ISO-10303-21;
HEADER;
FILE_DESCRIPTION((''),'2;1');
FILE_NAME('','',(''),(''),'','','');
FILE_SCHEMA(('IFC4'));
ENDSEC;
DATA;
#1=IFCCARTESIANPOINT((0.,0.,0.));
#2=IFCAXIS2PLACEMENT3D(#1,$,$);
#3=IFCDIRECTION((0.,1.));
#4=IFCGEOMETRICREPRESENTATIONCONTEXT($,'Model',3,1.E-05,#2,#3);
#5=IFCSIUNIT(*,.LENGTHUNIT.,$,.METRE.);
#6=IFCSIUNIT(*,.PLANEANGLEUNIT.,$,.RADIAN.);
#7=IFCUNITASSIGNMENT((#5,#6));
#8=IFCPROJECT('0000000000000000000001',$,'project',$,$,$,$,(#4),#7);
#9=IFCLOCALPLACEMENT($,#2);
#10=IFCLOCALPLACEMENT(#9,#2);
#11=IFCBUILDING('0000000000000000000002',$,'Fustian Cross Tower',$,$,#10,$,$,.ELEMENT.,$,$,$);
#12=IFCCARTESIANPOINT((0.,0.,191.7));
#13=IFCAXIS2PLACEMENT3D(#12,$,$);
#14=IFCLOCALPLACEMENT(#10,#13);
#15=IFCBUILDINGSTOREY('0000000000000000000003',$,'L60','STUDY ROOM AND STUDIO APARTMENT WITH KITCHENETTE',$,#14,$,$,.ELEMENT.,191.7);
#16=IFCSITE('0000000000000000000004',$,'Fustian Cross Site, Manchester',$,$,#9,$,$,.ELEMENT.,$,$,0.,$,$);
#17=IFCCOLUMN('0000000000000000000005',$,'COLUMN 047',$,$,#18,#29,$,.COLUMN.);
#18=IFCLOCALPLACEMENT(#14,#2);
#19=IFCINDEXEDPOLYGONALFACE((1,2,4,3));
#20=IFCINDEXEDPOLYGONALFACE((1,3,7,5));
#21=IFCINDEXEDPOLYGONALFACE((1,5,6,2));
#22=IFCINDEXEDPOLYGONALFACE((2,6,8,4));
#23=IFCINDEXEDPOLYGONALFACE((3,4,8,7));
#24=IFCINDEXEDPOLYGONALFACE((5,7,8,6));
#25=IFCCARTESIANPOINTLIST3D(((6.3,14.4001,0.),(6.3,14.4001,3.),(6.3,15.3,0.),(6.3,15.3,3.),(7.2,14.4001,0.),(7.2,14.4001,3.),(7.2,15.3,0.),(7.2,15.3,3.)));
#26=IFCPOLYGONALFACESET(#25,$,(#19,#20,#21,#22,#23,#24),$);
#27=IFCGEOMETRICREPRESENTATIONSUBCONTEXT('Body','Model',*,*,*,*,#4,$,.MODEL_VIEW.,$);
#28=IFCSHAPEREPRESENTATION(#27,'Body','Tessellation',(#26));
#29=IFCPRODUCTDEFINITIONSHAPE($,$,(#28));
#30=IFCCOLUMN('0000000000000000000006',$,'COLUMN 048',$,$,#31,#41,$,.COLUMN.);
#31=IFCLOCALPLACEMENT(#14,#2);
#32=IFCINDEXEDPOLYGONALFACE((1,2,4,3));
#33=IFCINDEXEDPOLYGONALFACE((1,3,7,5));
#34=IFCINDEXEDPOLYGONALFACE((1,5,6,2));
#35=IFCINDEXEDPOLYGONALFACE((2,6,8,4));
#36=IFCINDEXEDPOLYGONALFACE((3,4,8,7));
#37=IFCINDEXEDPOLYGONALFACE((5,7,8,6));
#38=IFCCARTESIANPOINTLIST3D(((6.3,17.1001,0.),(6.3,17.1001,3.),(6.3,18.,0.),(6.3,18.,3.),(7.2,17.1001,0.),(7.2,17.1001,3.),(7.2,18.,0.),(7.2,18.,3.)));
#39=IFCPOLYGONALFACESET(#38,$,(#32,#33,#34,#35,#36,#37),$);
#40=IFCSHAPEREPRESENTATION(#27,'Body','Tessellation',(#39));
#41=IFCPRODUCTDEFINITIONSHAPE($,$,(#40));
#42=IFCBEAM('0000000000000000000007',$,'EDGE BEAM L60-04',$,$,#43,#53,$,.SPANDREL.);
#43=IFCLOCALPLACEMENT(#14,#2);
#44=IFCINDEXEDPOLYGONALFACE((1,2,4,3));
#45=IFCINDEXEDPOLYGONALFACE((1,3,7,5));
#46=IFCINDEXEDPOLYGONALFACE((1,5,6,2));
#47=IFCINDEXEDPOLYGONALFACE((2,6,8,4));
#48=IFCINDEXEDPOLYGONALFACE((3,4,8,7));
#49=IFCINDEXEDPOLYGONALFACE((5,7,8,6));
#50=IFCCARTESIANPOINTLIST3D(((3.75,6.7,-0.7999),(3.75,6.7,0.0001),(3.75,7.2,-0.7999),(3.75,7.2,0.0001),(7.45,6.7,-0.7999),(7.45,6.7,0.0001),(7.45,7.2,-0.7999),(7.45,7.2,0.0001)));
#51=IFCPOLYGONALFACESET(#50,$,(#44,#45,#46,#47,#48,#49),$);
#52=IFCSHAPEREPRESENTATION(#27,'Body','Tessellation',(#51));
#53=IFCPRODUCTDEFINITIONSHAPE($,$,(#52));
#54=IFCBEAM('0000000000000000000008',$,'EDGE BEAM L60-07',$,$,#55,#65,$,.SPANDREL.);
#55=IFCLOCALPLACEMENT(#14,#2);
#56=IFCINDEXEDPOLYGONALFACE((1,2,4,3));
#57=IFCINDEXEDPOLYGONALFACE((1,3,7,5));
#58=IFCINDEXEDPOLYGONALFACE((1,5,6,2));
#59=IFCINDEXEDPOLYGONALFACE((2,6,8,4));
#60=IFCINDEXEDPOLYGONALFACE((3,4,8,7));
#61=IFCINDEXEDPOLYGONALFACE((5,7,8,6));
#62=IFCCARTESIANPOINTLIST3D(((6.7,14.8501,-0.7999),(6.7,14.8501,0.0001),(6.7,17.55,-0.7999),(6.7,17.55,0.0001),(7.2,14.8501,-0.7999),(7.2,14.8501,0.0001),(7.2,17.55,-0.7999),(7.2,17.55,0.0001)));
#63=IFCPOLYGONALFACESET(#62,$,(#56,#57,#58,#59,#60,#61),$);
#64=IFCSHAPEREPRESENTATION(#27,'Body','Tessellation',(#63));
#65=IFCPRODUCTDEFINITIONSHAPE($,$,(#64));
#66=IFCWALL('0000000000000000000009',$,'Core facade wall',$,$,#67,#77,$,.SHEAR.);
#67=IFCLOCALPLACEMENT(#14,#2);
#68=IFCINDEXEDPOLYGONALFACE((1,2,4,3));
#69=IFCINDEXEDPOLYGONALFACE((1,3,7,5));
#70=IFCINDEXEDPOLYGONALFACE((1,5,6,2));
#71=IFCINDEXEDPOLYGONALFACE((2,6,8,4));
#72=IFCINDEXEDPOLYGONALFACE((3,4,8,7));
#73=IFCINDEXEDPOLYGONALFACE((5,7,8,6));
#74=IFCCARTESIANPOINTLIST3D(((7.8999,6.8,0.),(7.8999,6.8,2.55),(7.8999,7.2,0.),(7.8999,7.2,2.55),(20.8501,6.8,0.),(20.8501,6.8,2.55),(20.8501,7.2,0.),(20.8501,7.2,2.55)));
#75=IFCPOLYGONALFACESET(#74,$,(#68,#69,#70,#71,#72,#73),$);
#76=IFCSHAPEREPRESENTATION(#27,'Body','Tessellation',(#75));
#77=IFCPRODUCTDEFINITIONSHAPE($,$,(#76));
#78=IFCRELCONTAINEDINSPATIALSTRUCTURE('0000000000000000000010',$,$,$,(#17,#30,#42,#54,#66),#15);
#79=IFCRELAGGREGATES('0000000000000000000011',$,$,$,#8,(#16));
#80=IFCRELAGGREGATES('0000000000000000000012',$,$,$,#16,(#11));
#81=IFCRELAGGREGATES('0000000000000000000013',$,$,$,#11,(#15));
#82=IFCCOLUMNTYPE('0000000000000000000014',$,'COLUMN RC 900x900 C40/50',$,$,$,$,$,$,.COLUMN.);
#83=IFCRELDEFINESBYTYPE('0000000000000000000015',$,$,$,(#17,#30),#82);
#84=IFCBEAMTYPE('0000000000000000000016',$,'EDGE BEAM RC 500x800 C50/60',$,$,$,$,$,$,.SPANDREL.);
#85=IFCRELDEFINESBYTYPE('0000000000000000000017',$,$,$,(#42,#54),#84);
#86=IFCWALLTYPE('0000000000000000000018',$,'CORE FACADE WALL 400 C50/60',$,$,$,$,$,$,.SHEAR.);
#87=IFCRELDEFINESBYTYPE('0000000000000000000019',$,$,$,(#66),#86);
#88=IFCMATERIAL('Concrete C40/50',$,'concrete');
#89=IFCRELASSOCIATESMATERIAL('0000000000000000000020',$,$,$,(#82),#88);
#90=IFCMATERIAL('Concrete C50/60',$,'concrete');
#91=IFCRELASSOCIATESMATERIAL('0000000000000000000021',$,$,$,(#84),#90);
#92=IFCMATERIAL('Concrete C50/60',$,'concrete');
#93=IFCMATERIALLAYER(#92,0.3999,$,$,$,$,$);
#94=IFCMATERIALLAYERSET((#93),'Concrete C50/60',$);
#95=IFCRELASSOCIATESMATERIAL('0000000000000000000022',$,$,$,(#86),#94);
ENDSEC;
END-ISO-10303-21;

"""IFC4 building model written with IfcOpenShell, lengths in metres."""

from ifc_helpers import new_model, si_unit, direction, frame, frame_2d, origin, origin_2d, place, context, subcontext, project, spatial, rectangle, extrude, material, layer, layer_set, material_profile, profile_set, type_object, element, save


model = new_model("IFC4")

# Units and contexts
model_context = context("Model", 3, precision=1e-05, world=origin(), true_north=direction((0.0, 1.0)))
body_context = subcontext(model_context, "Body", "Model", "MODEL_VIEW")
ifc_project = project(units=[si_unit("LENGTHUNIT", "METRE"), si_unit("PLANEANGLEUNIT", "RADIAN")], contexts=[model_context])

# Site, building, storey
site_placement = place(None, origin())
site = spatial("IfcSite", under=ifc_project, at=site_placement, Name="Fustian Cross Site, Manchester", CompositionType="ELEMENT", RefElevation=0.0)
building_placement = place(site_placement, origin())
building = spatial("IfcBuilding", under=site, at=building_placement, Name="Fustian Cross Tower", CompositionType="ELEMENT")
storey_placement = place(building_placement, frame((0.0, 0.0, 191.7)))
storey = spatial("IfcBuildingStorey", under=building, at=storey_placement, Name="L60", Description="STUDY ROOM AND STUDIO APARTMENT WITH KITCHENETTE", CompositionType="ELEMENT", Elevation=191.7)

# Columns
ifc_material_1 = material(Name="Concrete C40/50", Category="concrete")
ifc_material_profile_1 = material_profile(ifc_material_1, rectangle(XDim=0.8999, YDim=0.8999, at=origin_2d()), Name="RC 900x900")
ifc_profile_set_1 = profile_set([ifc_material_profile_1], Name="Concrete C40/50")
column_type = type_object("IfcColumnType", Name="COLUMN RC 900x900 C40/50", PredefinedType="COLUMN", material=ifc_profile_set_1)
for number, where, z_axis, x_axis, name in (
    (1, (6.75, 14.8501, 0.0), (0.0, 0.0, 1.0), (1.0, 0.0, 0.0), "COLUMN 047"),
    (2, (6.75, 17.55, 0.0), (0.0, 0.0, 1.0), (1.0, 0.0, 0.0), "COLUMN 048"),
):
    element("IfcColumn", number, at=place(storey_placement, frame(where, z_axis=z_axis, x_axis=x_axis)), inside=storey, type_object=column_type, Name=name, PredefinedType="COLUMN", context=body_context, shape_type="SweptSolid", body=[
        extrude(rectangle(XDim=0.8999, YDim=0.8999, at=origin_2d()), origin(), (0.0, 0.0, 1.0), 3.0),
    ])

# Beams
ifc_material_2 = material(Name="Concrete C50/60", Category="concrete")
ifc_material_profile_2 = material_profile(ifc_material_2, rectangle(XDim=0.5, YDim=0.8, at=origin_2d()), Name="RC 500x800")
ifc_profile_set_2 = profile_set([ifc_material_profile_2], Name="Concrete C50/60")
beam_type = type_object("IfcBeamType", Name="EDGE BEAM RC 500x800 C50/60", PredefinedType="SPANDREL", material=ifc_profile_set_2)
beam_1_placement = place(storey_placement, frame((7.45, 6.95, -0.3999), z_axis=(-1.0, 0.0, 0.0), x_axis=(0.0, -1.0, 0.0)))
element("IfcBeam", 3, at=beam_1_placement, inside=storey, type_object=beam_type, Name="EDGE BEAM L60-04", PredefinedType="SPANDREL", context=body_context, shape_type="SweptSolid", body=[
    extrude(rectangle(XDim=0.5, YDim=0.8, at=origin_2d()), origin(), (0.0, 0.0, 1.0), 3.7),
])
beam_2_placement = place(storey_placement, frame((6.95, 14.8501, -0.3999), z_axis=(0.0, 1.0, 0.0), x_axis=(-1.0, 0.0, 0.0)))
element("IfcBeam", 4, at=beam_2_placement, inside=storey, type_object=beam_type, Name="EDGE BEAM L60-07", PredefinedType="SPANDREL", context=body_context, shape_type="SweptSolid", body=[
    extrude(rectangle(XDim=0.5, YDim=0.8, at=origin_2d()), origin(), (0.0, 0.0, 1.0), 2.7),
])

# Wall
ifc_material_3 = material(Name="Concrete C50/60", Category="concrete")
ifc_layer_1 = layer(ifc_material_3, 0.3999)
ifc_layer_set_1 = layer_set([ifc_layer_1], Name="Concrete C50/60")
wall_type_1 = type_object("IfcWallType", Name="CORE FACADE WALL 400 C50/60", PredefinedType="SHEAR", material=ifc_layer_set_1)
wall_1_placement = place(storey_placement, frame((7.8999, 7.0, 0.0), z_axis=(0.0, 0.0, 1.0), x_axis=(1.0, 0.0, 0.0)))
element("IfcWall", 5, at=wall_1_placement, inside=storey, type_object=wall_type_1, Name="Core facade wall", PredefinedType="SHEAR", context=body_context, shape_type="SweptSolid", body=[
    extrude(rectangle(XDim=12.9502, YDim=0.3999, at=frame_2d((6.4751, 0.0))), origin(), (0.0, 0.0, 1.0), 2.55),
])

save(model, "model.ifc")
